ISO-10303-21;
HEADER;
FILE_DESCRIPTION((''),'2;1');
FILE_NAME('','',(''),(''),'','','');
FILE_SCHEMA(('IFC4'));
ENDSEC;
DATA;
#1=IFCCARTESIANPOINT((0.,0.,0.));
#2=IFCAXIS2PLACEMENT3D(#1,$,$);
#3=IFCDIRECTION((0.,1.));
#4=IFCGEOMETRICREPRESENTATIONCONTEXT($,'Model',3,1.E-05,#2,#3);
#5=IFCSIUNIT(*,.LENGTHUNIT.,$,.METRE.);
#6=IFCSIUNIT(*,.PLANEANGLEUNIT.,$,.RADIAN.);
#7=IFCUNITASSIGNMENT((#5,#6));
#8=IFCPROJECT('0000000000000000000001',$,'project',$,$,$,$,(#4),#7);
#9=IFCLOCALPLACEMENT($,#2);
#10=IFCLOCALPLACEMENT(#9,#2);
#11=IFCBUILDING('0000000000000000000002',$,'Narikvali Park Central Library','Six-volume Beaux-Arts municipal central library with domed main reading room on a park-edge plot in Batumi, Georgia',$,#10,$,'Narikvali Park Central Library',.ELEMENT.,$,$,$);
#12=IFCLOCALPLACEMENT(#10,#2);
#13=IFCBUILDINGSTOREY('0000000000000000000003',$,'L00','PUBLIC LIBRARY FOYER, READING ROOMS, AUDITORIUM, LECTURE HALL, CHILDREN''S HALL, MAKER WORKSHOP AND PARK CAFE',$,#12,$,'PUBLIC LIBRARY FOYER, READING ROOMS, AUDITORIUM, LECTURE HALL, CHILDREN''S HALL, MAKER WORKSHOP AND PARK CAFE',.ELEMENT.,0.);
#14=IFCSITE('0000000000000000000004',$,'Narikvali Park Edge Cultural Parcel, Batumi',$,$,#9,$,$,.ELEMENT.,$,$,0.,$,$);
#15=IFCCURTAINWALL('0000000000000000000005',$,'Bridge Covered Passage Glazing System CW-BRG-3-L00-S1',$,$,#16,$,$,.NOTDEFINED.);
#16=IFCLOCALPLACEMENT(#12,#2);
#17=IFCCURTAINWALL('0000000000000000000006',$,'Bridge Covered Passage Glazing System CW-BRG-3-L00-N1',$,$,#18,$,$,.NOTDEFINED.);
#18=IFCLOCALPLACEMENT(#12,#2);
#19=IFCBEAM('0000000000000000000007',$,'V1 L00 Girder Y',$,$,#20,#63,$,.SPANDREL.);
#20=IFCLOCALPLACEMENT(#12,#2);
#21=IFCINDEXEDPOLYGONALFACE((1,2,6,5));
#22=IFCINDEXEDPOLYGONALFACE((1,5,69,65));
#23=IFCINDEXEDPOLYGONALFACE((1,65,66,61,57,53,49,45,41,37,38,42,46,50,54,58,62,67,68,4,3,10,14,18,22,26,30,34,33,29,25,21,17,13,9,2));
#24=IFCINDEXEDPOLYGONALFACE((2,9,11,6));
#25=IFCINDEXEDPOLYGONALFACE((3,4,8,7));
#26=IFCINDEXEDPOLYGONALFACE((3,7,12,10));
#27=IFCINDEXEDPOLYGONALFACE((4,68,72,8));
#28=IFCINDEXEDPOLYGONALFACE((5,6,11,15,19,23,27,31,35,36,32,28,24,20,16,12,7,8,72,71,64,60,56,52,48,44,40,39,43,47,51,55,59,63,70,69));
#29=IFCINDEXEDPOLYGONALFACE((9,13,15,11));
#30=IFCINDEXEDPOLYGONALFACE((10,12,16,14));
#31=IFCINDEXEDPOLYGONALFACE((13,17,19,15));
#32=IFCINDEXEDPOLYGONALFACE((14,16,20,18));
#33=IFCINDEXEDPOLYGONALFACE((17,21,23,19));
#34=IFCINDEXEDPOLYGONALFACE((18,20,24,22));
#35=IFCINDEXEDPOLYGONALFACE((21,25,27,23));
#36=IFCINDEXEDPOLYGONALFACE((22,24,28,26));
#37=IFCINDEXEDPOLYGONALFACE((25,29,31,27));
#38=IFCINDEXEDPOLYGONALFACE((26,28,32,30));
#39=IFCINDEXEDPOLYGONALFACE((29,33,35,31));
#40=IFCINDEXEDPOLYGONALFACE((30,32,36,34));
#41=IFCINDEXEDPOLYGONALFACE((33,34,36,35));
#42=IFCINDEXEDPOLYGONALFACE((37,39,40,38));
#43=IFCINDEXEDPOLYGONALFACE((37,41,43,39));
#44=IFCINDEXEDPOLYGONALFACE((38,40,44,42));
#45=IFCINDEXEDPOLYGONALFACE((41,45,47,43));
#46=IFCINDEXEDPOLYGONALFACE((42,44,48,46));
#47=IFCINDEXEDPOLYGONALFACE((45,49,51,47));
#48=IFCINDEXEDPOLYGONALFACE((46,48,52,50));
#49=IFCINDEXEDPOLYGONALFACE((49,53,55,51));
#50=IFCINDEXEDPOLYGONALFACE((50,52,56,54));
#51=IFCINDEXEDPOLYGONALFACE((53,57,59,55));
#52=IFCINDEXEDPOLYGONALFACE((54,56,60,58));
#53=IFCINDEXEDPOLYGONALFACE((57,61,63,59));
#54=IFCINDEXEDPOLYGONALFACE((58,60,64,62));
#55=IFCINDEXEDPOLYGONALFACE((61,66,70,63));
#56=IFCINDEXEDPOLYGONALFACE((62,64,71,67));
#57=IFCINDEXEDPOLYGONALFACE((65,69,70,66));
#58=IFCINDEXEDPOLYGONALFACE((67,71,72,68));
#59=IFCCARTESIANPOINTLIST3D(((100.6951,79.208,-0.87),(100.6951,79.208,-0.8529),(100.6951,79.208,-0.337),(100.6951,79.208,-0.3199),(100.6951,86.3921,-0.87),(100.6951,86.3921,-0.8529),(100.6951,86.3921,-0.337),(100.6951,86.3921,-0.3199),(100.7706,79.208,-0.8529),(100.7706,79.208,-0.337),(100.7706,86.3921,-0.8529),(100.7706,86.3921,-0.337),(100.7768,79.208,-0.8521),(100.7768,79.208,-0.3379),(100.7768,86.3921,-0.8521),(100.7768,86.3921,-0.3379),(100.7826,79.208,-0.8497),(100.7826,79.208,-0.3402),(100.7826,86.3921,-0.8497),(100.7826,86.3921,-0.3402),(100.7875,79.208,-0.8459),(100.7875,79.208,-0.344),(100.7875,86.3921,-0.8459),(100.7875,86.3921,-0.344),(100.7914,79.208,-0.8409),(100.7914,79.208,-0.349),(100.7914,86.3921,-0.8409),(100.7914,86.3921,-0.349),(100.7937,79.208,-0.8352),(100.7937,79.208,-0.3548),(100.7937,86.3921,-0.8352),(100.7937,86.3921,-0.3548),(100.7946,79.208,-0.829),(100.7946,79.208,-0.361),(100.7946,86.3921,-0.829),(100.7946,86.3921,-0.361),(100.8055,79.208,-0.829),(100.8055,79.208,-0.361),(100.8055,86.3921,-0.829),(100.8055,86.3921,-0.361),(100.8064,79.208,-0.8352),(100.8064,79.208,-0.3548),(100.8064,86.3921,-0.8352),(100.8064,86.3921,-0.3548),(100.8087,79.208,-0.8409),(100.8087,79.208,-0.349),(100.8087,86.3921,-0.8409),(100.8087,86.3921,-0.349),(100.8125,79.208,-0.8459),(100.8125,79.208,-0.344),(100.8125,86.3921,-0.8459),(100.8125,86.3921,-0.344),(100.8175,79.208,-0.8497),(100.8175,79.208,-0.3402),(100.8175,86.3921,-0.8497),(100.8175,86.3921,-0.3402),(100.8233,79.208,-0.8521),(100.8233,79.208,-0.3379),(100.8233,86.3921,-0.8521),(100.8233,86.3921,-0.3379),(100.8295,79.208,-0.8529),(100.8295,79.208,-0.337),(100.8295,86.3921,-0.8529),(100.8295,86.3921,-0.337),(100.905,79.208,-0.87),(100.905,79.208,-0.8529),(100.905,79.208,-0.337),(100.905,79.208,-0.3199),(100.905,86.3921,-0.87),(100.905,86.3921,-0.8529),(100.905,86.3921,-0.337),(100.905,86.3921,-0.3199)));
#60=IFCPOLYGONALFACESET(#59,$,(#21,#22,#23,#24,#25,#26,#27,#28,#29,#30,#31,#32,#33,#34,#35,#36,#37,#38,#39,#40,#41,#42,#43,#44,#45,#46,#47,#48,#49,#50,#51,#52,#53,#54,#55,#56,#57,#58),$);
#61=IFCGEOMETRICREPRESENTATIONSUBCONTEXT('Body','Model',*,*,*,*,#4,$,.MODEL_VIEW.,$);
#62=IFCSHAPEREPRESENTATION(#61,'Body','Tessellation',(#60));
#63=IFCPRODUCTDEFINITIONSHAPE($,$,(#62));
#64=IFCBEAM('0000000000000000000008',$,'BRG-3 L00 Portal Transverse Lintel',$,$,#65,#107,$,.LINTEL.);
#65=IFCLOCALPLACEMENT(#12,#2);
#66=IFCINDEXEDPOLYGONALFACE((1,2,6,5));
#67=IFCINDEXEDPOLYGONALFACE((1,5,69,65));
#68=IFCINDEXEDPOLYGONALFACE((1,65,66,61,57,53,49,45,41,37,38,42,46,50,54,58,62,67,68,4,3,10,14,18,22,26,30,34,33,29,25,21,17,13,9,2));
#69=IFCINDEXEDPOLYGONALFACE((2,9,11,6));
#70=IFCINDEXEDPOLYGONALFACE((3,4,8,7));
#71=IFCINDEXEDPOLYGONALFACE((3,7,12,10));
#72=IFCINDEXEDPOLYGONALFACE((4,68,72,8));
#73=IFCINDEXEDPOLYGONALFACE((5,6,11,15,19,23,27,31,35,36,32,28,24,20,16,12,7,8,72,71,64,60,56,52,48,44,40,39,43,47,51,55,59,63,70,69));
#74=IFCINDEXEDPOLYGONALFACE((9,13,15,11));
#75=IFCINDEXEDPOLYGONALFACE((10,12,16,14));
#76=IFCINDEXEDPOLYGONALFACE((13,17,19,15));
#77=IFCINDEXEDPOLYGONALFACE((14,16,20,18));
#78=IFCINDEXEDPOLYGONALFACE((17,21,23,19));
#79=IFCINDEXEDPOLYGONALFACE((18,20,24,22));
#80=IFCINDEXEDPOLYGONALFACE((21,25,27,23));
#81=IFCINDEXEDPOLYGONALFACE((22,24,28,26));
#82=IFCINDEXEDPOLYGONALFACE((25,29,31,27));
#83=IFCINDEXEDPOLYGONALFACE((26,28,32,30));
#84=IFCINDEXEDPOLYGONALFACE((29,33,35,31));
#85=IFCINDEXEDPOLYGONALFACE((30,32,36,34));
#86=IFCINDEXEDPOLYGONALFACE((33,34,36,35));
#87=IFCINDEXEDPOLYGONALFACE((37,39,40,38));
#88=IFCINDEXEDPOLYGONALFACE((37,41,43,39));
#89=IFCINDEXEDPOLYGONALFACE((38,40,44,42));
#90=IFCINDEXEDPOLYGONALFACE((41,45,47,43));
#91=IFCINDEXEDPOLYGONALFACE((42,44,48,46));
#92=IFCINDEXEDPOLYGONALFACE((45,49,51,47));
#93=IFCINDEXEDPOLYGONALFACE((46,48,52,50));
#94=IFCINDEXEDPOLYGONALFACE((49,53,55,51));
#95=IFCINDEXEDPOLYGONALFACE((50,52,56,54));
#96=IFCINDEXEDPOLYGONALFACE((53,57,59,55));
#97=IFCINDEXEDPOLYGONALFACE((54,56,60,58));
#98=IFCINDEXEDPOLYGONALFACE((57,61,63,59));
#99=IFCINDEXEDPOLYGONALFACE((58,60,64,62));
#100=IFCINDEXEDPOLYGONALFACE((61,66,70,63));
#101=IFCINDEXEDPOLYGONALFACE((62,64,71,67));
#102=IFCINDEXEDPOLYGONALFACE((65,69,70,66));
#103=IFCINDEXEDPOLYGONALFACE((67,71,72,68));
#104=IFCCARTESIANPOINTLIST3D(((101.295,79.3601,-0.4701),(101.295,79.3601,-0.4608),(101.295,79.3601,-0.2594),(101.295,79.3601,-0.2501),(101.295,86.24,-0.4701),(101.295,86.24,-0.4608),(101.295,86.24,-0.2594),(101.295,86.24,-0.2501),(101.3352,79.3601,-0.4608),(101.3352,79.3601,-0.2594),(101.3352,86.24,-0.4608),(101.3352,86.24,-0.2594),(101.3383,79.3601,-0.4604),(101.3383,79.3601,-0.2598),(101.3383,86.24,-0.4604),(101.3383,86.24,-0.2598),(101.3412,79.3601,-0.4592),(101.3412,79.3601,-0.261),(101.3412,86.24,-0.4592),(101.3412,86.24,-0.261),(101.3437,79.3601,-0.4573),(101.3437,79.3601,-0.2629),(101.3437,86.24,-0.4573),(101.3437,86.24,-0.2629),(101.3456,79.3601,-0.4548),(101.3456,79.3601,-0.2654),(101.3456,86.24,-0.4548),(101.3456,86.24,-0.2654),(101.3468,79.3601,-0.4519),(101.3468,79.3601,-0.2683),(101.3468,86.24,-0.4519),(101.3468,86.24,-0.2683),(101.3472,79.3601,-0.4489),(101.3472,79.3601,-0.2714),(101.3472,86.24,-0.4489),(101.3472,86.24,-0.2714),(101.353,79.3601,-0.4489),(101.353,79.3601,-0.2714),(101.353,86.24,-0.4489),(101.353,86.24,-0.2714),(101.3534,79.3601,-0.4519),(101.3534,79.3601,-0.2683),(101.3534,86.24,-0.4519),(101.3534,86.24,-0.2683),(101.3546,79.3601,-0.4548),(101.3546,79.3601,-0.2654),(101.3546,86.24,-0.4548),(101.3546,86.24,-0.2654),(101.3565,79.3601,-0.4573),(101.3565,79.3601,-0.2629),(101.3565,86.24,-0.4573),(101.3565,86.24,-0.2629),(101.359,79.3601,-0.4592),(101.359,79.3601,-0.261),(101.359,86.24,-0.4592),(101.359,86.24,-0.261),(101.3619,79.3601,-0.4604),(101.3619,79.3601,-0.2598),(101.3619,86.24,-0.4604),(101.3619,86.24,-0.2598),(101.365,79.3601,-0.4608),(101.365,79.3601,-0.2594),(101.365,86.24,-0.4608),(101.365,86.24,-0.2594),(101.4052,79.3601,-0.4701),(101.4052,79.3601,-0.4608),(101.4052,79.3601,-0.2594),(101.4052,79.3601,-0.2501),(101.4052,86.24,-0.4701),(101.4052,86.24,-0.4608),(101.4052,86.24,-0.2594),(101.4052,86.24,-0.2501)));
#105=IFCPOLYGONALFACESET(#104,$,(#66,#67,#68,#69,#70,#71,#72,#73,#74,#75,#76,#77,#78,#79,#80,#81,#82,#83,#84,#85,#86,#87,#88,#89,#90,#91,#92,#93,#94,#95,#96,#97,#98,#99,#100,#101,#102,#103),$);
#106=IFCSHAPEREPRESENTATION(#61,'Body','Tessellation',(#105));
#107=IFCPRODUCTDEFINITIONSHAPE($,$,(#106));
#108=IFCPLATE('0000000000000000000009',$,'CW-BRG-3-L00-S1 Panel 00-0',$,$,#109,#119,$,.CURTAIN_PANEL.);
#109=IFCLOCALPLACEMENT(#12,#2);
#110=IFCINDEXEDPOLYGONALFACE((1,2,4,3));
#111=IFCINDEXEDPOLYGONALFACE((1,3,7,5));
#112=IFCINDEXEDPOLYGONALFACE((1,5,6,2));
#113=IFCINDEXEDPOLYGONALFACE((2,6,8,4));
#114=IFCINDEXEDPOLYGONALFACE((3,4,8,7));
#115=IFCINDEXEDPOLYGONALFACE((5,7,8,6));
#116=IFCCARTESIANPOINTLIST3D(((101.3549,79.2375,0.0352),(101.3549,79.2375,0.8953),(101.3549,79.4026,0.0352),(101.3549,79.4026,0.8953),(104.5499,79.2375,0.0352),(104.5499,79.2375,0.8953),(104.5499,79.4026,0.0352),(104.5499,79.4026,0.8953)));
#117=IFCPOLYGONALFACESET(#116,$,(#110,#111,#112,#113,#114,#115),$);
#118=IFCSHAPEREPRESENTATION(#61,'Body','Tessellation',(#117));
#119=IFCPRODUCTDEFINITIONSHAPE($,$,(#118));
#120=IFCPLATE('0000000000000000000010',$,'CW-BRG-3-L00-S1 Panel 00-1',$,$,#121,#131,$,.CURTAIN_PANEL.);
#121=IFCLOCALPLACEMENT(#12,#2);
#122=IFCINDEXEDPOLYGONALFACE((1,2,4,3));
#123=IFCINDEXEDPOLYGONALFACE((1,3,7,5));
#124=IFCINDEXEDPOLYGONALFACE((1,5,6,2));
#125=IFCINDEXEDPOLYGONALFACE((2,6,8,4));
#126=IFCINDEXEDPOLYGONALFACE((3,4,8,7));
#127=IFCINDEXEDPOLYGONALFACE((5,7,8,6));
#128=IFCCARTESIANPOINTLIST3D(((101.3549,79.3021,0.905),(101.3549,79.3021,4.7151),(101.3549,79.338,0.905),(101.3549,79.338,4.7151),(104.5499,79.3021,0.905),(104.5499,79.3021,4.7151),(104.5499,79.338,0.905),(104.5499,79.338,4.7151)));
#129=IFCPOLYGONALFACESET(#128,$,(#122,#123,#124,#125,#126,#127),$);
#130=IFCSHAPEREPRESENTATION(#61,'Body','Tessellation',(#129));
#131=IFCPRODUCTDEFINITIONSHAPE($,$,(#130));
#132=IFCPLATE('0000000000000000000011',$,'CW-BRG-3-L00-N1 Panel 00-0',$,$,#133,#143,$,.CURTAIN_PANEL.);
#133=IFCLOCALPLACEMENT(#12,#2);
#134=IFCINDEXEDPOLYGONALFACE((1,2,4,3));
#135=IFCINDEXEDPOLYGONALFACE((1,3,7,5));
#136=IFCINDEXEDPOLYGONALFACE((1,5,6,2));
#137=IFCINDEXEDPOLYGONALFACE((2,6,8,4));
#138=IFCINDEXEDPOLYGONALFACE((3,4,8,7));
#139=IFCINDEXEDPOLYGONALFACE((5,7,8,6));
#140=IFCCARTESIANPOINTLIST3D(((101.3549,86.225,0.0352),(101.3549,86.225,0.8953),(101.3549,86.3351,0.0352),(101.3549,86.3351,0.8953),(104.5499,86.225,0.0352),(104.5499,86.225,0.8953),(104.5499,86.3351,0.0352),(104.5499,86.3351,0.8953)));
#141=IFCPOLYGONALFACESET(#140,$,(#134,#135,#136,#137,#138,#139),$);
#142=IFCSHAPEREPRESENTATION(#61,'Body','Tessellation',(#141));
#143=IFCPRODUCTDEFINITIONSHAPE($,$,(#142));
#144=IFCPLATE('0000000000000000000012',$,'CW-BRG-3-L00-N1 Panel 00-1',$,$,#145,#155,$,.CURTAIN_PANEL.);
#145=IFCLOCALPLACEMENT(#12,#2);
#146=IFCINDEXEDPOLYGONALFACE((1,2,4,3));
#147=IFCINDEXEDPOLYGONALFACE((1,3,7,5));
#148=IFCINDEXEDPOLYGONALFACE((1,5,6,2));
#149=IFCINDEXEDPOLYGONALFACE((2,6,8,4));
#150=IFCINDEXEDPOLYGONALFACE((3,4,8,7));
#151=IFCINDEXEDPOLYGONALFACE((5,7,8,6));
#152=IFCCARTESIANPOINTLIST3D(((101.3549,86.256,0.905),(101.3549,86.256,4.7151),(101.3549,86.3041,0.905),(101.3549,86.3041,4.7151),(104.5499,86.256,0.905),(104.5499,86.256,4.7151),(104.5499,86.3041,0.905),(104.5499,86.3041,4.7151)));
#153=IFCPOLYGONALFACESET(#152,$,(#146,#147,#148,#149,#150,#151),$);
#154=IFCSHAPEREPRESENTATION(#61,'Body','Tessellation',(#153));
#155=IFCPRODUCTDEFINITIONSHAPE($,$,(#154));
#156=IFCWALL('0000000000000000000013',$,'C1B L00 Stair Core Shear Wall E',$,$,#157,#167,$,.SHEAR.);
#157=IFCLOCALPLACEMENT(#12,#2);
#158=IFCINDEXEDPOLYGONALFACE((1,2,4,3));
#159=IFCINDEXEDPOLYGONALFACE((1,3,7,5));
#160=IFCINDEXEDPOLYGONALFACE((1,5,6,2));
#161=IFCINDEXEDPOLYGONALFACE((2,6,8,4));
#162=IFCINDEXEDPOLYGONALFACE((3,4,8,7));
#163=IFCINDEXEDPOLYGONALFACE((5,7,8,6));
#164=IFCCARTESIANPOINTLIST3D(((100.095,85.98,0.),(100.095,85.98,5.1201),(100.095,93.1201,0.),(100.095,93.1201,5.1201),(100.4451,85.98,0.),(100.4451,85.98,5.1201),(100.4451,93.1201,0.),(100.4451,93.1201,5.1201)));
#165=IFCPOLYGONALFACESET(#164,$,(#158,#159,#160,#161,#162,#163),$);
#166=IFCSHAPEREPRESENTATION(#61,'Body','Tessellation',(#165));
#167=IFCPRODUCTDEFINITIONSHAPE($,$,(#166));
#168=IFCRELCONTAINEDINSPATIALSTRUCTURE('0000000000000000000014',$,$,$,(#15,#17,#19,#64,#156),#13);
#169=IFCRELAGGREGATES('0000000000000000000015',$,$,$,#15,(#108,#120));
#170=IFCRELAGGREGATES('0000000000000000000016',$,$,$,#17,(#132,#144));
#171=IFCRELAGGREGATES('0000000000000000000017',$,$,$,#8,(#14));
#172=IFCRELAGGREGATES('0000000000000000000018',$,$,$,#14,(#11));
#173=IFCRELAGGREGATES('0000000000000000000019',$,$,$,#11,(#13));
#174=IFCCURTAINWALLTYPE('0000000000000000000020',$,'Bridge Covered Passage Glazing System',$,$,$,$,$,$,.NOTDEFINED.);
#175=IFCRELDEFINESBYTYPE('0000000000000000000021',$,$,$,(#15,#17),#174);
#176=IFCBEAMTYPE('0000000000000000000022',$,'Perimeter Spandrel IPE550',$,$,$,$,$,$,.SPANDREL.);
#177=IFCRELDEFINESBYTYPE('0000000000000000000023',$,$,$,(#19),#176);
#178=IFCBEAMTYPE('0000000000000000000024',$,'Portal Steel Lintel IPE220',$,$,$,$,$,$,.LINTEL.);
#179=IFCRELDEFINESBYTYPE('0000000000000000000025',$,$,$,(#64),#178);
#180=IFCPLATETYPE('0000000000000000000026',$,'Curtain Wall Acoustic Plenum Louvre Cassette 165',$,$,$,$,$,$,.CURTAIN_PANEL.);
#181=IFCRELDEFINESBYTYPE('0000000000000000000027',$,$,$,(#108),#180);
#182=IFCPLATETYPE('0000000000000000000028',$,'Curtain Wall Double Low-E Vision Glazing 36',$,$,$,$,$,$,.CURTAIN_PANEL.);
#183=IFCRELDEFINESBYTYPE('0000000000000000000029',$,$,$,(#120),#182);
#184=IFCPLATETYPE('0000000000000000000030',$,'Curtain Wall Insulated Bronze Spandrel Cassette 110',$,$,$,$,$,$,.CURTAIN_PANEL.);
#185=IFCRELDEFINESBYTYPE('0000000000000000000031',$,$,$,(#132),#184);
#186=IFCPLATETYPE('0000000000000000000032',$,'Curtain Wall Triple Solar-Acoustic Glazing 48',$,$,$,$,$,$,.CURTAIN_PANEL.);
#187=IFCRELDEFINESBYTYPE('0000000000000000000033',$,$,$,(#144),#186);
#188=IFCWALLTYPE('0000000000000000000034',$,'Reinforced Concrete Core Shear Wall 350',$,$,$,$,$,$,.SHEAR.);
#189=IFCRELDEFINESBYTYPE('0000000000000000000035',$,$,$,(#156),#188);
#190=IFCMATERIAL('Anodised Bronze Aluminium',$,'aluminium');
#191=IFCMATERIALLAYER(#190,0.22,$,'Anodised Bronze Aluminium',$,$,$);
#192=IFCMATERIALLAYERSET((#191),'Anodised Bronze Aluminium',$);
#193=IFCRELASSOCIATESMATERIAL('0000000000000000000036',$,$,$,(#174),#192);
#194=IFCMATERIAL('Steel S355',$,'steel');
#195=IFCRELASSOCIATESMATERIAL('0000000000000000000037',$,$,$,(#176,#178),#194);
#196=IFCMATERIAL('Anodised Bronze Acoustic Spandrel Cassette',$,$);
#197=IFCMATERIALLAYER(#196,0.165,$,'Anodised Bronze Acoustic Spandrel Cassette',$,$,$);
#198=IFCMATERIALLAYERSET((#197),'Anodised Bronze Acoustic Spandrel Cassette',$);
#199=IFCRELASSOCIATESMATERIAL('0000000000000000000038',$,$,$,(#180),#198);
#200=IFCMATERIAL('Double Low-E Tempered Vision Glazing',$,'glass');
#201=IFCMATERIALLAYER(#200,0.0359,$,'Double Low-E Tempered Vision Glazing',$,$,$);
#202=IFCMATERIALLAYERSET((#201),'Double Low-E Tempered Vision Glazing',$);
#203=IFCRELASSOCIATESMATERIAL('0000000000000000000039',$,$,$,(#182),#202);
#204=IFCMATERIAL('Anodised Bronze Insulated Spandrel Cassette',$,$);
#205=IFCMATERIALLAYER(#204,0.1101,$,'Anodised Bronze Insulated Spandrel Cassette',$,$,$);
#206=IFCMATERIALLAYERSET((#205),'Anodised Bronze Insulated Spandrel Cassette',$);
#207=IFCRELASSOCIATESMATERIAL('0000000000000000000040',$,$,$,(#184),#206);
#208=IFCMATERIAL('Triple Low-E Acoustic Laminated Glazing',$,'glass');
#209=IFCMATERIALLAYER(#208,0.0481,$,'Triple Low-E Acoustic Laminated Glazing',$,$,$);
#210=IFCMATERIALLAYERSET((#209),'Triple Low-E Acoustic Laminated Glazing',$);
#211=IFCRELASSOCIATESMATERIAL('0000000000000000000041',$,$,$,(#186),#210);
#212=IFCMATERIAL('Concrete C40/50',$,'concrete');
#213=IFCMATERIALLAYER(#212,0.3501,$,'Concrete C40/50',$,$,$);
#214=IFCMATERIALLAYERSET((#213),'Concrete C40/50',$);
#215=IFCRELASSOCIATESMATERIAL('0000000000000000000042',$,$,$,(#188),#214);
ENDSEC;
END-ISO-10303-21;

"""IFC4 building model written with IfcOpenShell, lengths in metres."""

from ifc_helpers import new_model, si_unit, direction, frame, frame_2d, origin, origin_2d, place, context, subcontext, project, spatial, rectangle, i_section, extrude, material, layer, layer_set, material_profile, profile_set, type_object, element, aggregate, save


model = new_model("IFC4")

# Units and contexts
model_context = context("Model", 3, precision=1e-05, world=origin(), true_north=direction((0.0, 1.0)))
body_context = subcontext(model_context, "Body", "Model", "MODEL_VIEW")
ifc_project = project(units=[si_unit("LENGTHUNIT", "METRE"), si_unit("PLANEANGLEUNIT", "RADIAN")], contexts=[model_context])

# Site, building, storey
site_placement = place(None, origin())
site = spatial("IfcSite", under=ifc_project, at=site_placement, Name="Narikvali Park Edge Cultural Parcel, Batumi", CompositionType="ELEMENT", RefElevation=0.0)
building_placement = place(site_placement, origin())
building = spatial("IfcBuilding", under=site, at=building_placement, Name="Narikvali Park Central Library", Description="Six-volume Beaux-Arts municipal central library with domed main reading room on a park-edge plot in Batumi, Georgia", LongName="Narikvali Park Central Library", CompositionType="ELEMENT")
storey_placement = place(building_placement, origin())
storey = spatial("IfcBuildingStorey", under=building, at=storey_placement, Name="L00", Description="PUBLIC LIBRARY FOYER, READING ROOMS, AUDITORIUM, LECTURE HALL, CHILDREN'S HALL, MAKER WORKSHOP AND PARK CAFE", LongName="PUBLIC LIBRARY FOYER, READING ROOMS, AUDITORIUM, LECTURE HALL, CHILDREN'S HALL, MAKER WORKSHOP AND PARK CAFE", CompositionType="ELEMENT", Elevation=0.0)

# Shared definitions
ifc_material_1 = material(Name="Steel S355", Category="steel")

# Curtain walls
ifc_material_2 = material(Name="Anodised Bronze Aluminium", Category="aluminium")
ifc_layer_1 = layer(ifc_material_2, 0.22, Name="Anodised Bronze Aluminium")
ifc_layer_set_1 = layer_set([ifc_layer_1], Name="Anodised Bronze Aluminium")
curtain_wall_type = type_object("IfcCurtainWallType", Name="Bridge Covered Passage Glazing System", PredefinedType="NOTDEFINED", material=ifc_layer_set_1)
curtain_wall_1_placement = place(storey_placement, origin())
curtain_wall_1 = element("IfcCurtainWall", 1, at=curtain_wall_1_placement, inside=storey, type_object=curtain_wall_type, Name="Bridge Covered Passage Glazing System CW-BRG-3-L00-S1", PredefinedType="NOTDEFINED")
curtain_wall_2_placement = place(storey_placement, origin())
curtain_wall_2 = element("IfcCurtainWall", 2, at=curtain_wall_2_placement, inside=storey, type_object=curtain_wall_type, Name="Bridge Covered Passage Glazing System CW-BRG-3-L00-N1", PredefinedType="NOTDEFINED")

# Beams
ifc_material_profile_1 = material_profile(ifc_material_1, i_section(OverallWidth=0.21, OverallDepth=0.55, WebThickness=0.011, FlangeThickness=0.0171, FilletRadius=0.0239, at=origin_2d()), Name="IPE 550")
ifc_profile_set_1 = profile_set([ifc_material_profile_1], Name="Steel S355")
beam_type_1 = type_object("IfcBeamType", Name="Perimeter Spandrel IPE550", PredefinedType="SPANDREL", material=ifc_profile_set_1)
beam_1_placement = place(storey_placement, frame((100.8, 79.208, -0.595), z_axis=(0.0, 1.0, 0.0), x_axis=(-1.0, 0.0, 0.0)))
element("IfcBeam", 3, at=beam_1_placement, inside=storey, type_object=beam_type_1, Name="V1 L00 Girder Y", PredefinedType="SPANDREL", context=body_context, shape_type="SweptSolid", body=[
    extrude(i_section(OverallWidth=0.21, OverallDepth=0.55, WebThickness=0.011, FlangeThickness=0.0171, FilletRadius=0.0239, at=origin_2d()), origin(), (0.0, 0.0, 1.0), 7.1841),
])
ifc_material_profile_2 = material_profile(ifc_material_1, i_section(OverallWidth=0.1101, OverallDepth=0.22, WebThickness=0.0059, FlangeThickness=0.0093, FilletRadius=0.012, at=origin_2d()), Name="IPE 220")
ifc_profile_set_2 = profile_set([ifc_material_profile_2], Name="Steel S355")
beam_type_2 = type_object("IfcBeamType", Name="Portal Steel Lintel IPE220", PredefinedType="LINTEL", material=ifc_profile_set_2)
beam_2_placement = place(storey_placement, frame((101.3501, 79.3601, -0.3601), z_axis=(0.0, 1.0, 0.0), x_axis=(-1.0, 0.0, 0.0)))
element("IfcBeam", 4, at=beam_2_placement, inside=storey, type_object=beam_type_2, Name="BRG-3 L00 Portal Transverse Lintel", PredefinedType="LINTEL", context=body_context, shape_type="SweptSolid", body=[
    extrude(i_section(OverallWidth=0.1101, OverallDepth=0.22, WebThickness=0.0059, FlangeThickness=0.0093, FilletRadius=0.012, at=origin_2d()), origin(), (0.0, 0.0, 1.0), 6.8799),
])

# Plates
ifc_material_3 = material(Name="Anodised Bronze Acoustic Spandrel Cassette")
ifc_layer_2 = layer(ifc_material_3, 0.165, Name="Anodised Bronze Acoustic Spandrel Cassette")
ifc_layer_set_2 = layer_set([ifc_layer_2], Name="Anodised Bronze Acoustic Spandrel Cassette")
plate_type_1 = type_object("IfcPlateType", Name="Curtain Wall Acoustic Plenum Louvre Cassette 165", PredefinedType="CURTAIN_PANEL", material=ifc_layer_set_2)
plate_1_placement = place(storey_placement, frame((102.9524, 79.3201, 0.0352), z_axis=(0.0, 0.0, 1.0), x_axis=(1.0, 0.0, 0.0)))
plate_1 = element("IfcPlate", 5, at=plate_1_placement, type_object=plate_type_1, Name="CW-BRG-3-L00-S1 Panel 00-0", PredefinedType="CURTAIN_PANEL", context=body_context, shape_type="SweptSolid", body=[
    extrude(rectangle(XDim=3.1951, YDim=0.165, at=origin_2d()), origin(), (0.0, 0.0, 1.0), 0.8601),
])
ifc_material_4 = material(Name="Double Low-E Tempered Vision Glazing", Category="glass")
ifc_layer_3 = layer(ifc_material_4, 0.0359, Name="Double Low-E Tempered Vision Glazing")
ifc_layer_set_3 = layer_set([ifc_layer_3], Name="Double Low-E Tempered Vision Glazing")
plate_type_2 = type_object("IfcPlateType", Name="Curtain Wall Double Low-E Vision Glazing 36", PredefinedType="CURTAIN_PANEL", material=ifc_layer_set_3)
plate_2_placement = place(storey_placement, frame((102.9524, 79.3201, 0.905), z_axis=(0.0, 0.0, 1.0), x_axis=(1.0, 0.0, 0.0)))
plate_2 = element("IfcPlate", 6, at=plate_2_placement, type_object=plate_type_2, Name="CW-BRG-3-L00-S1 Panel 00-1", PredefinedType="CURTAIN_PANEL", context=body_context, shape_type="SweptSolid", body=[
    extrude(rectangle(XDim=3.1951, YDim=0.0359, at=origin_2d()), origin(), (0.0, 0.0, 1.0), 3.8101),
])
aggregate(curtain_wall_1, [plate_1, plate_2])
ifc_material_5 = material(Name="Anodised Bronze Insulated Spandrel Cassette")
ifc_layer_4 = layer(ifc_material_5, 0.1101, Name="Anodised Bronze Insulated Spandrel Cassette")
ifc_layer_set_4 = layer_set([ifc_layer_4], Name="Anodised Bronze Insulated Spandrel Cassette")
plate_type_3 = type_object("IfcPlateType", Name="Curtain Wall Insulated Bronze Spandrel Cassette 110", PredefinedType="CURTAIN_PANEL", material=ifc_layer_set_4)
plate_3_placement = place(storey_placement, frame((102.9524, 86.28, 0.0352), z_axis=(0.0, 0.0, 1.0), x_axis=(1.0, 0.0, 0.0)))
plate_3 = element("IfcPlate", 7, at=plate_3_placement, type_object=plate_type_3, Name="CW-BRG-3-L00-N1 Panel 00-0", PredefinedType="CURTAIN_PANEL", context=body_context, shape_type="SweptSolid", body=[
    extrude(rectangle(XDim=3.1951, YDim=0.1101, at=origin_2d()), origin(), (0.0, 0.0, 1.0), 0.8601),
])
ifc_material_6 = material(Name="Triple Low-E Acoustic Laminated Glazing", Category="glass")
ifc_layer_5 = layer(ifc_material_6, 0.0481, Name="Triple Low-E Acoustic Laminated Glazing")
ifc_layer_set_5 = layer_set([ifc_layer_5], Name="Triple Low-E Acoustic Laminated Glazing")
plate_type_4 = type_object("IfcPlateType", Name="Curtain Wall Triple Solar-Acoustic Glazing 48", PredefinedType="CURTAIN_PANEL", material=ifc_layer_set_5)
plate_4_placement = place(storey_placement, frame((102.9524, 86.28, 0.905), z_axis=(0.0, 0.0, 1.0), x_axis=(1.0, 0.0, 0.0)))
plate_4 = element("IfcPlate", 8, at=plate_4_placement, type_object=plate_type_4, Name="CW-BRG-3-L00-N1 Panel 00-1", PredefinedType="CURTAIN_PANEL", context=body_context, shape_type="SweptSolid", body=[
    extrude(rectangle(XDim=3.1951, YDim=0.0481, at=origin_2d()), origin(), (0.0, 0.0, 1.0), 3.8101),
])
aggregate(curtain_wall_2, [plate_3, plate_4])

# Wall
ifc_material_7 = material(Name="Concrete C40/50", Category="concrete")
ifc_layer_6 = layer(ifc_material_7, 0.3501, Name="Concrete C40/50")
ifc_layer_set_6 = layer_set([ifc_layer_6], Name="Concrete C40/50")
wall_type_1 = type_object("IfcWallType", Name="Reinforced Concrete Core Shear Wall 350", PredefinedType="SHEAR", material=ifc_layer_set_6)
wall_1_placement = place(storey_placement, frame((100.27, 85.98, 0.0), z_axis=(0.0, 0.0, 1.0), x_axis=(0.0, 1.0, 0.0)))
element("IfcWall", 9, at=wall_1_placement, inside=storey, type_object=wall_type_1, Name="C1B L00 Stair Core Shear Wall E", PredefinedType="SHEAR", context=body_context, shape_type="SweptSolid", body=[
    extrude(rectangle(XDim=7.1401, YDim=0.3501, at=frame_2d((3.5701, 0.0))), origin(), (0.0, 0.0, 1.0), 5.1201),
])

save(model, "model.ifc")
